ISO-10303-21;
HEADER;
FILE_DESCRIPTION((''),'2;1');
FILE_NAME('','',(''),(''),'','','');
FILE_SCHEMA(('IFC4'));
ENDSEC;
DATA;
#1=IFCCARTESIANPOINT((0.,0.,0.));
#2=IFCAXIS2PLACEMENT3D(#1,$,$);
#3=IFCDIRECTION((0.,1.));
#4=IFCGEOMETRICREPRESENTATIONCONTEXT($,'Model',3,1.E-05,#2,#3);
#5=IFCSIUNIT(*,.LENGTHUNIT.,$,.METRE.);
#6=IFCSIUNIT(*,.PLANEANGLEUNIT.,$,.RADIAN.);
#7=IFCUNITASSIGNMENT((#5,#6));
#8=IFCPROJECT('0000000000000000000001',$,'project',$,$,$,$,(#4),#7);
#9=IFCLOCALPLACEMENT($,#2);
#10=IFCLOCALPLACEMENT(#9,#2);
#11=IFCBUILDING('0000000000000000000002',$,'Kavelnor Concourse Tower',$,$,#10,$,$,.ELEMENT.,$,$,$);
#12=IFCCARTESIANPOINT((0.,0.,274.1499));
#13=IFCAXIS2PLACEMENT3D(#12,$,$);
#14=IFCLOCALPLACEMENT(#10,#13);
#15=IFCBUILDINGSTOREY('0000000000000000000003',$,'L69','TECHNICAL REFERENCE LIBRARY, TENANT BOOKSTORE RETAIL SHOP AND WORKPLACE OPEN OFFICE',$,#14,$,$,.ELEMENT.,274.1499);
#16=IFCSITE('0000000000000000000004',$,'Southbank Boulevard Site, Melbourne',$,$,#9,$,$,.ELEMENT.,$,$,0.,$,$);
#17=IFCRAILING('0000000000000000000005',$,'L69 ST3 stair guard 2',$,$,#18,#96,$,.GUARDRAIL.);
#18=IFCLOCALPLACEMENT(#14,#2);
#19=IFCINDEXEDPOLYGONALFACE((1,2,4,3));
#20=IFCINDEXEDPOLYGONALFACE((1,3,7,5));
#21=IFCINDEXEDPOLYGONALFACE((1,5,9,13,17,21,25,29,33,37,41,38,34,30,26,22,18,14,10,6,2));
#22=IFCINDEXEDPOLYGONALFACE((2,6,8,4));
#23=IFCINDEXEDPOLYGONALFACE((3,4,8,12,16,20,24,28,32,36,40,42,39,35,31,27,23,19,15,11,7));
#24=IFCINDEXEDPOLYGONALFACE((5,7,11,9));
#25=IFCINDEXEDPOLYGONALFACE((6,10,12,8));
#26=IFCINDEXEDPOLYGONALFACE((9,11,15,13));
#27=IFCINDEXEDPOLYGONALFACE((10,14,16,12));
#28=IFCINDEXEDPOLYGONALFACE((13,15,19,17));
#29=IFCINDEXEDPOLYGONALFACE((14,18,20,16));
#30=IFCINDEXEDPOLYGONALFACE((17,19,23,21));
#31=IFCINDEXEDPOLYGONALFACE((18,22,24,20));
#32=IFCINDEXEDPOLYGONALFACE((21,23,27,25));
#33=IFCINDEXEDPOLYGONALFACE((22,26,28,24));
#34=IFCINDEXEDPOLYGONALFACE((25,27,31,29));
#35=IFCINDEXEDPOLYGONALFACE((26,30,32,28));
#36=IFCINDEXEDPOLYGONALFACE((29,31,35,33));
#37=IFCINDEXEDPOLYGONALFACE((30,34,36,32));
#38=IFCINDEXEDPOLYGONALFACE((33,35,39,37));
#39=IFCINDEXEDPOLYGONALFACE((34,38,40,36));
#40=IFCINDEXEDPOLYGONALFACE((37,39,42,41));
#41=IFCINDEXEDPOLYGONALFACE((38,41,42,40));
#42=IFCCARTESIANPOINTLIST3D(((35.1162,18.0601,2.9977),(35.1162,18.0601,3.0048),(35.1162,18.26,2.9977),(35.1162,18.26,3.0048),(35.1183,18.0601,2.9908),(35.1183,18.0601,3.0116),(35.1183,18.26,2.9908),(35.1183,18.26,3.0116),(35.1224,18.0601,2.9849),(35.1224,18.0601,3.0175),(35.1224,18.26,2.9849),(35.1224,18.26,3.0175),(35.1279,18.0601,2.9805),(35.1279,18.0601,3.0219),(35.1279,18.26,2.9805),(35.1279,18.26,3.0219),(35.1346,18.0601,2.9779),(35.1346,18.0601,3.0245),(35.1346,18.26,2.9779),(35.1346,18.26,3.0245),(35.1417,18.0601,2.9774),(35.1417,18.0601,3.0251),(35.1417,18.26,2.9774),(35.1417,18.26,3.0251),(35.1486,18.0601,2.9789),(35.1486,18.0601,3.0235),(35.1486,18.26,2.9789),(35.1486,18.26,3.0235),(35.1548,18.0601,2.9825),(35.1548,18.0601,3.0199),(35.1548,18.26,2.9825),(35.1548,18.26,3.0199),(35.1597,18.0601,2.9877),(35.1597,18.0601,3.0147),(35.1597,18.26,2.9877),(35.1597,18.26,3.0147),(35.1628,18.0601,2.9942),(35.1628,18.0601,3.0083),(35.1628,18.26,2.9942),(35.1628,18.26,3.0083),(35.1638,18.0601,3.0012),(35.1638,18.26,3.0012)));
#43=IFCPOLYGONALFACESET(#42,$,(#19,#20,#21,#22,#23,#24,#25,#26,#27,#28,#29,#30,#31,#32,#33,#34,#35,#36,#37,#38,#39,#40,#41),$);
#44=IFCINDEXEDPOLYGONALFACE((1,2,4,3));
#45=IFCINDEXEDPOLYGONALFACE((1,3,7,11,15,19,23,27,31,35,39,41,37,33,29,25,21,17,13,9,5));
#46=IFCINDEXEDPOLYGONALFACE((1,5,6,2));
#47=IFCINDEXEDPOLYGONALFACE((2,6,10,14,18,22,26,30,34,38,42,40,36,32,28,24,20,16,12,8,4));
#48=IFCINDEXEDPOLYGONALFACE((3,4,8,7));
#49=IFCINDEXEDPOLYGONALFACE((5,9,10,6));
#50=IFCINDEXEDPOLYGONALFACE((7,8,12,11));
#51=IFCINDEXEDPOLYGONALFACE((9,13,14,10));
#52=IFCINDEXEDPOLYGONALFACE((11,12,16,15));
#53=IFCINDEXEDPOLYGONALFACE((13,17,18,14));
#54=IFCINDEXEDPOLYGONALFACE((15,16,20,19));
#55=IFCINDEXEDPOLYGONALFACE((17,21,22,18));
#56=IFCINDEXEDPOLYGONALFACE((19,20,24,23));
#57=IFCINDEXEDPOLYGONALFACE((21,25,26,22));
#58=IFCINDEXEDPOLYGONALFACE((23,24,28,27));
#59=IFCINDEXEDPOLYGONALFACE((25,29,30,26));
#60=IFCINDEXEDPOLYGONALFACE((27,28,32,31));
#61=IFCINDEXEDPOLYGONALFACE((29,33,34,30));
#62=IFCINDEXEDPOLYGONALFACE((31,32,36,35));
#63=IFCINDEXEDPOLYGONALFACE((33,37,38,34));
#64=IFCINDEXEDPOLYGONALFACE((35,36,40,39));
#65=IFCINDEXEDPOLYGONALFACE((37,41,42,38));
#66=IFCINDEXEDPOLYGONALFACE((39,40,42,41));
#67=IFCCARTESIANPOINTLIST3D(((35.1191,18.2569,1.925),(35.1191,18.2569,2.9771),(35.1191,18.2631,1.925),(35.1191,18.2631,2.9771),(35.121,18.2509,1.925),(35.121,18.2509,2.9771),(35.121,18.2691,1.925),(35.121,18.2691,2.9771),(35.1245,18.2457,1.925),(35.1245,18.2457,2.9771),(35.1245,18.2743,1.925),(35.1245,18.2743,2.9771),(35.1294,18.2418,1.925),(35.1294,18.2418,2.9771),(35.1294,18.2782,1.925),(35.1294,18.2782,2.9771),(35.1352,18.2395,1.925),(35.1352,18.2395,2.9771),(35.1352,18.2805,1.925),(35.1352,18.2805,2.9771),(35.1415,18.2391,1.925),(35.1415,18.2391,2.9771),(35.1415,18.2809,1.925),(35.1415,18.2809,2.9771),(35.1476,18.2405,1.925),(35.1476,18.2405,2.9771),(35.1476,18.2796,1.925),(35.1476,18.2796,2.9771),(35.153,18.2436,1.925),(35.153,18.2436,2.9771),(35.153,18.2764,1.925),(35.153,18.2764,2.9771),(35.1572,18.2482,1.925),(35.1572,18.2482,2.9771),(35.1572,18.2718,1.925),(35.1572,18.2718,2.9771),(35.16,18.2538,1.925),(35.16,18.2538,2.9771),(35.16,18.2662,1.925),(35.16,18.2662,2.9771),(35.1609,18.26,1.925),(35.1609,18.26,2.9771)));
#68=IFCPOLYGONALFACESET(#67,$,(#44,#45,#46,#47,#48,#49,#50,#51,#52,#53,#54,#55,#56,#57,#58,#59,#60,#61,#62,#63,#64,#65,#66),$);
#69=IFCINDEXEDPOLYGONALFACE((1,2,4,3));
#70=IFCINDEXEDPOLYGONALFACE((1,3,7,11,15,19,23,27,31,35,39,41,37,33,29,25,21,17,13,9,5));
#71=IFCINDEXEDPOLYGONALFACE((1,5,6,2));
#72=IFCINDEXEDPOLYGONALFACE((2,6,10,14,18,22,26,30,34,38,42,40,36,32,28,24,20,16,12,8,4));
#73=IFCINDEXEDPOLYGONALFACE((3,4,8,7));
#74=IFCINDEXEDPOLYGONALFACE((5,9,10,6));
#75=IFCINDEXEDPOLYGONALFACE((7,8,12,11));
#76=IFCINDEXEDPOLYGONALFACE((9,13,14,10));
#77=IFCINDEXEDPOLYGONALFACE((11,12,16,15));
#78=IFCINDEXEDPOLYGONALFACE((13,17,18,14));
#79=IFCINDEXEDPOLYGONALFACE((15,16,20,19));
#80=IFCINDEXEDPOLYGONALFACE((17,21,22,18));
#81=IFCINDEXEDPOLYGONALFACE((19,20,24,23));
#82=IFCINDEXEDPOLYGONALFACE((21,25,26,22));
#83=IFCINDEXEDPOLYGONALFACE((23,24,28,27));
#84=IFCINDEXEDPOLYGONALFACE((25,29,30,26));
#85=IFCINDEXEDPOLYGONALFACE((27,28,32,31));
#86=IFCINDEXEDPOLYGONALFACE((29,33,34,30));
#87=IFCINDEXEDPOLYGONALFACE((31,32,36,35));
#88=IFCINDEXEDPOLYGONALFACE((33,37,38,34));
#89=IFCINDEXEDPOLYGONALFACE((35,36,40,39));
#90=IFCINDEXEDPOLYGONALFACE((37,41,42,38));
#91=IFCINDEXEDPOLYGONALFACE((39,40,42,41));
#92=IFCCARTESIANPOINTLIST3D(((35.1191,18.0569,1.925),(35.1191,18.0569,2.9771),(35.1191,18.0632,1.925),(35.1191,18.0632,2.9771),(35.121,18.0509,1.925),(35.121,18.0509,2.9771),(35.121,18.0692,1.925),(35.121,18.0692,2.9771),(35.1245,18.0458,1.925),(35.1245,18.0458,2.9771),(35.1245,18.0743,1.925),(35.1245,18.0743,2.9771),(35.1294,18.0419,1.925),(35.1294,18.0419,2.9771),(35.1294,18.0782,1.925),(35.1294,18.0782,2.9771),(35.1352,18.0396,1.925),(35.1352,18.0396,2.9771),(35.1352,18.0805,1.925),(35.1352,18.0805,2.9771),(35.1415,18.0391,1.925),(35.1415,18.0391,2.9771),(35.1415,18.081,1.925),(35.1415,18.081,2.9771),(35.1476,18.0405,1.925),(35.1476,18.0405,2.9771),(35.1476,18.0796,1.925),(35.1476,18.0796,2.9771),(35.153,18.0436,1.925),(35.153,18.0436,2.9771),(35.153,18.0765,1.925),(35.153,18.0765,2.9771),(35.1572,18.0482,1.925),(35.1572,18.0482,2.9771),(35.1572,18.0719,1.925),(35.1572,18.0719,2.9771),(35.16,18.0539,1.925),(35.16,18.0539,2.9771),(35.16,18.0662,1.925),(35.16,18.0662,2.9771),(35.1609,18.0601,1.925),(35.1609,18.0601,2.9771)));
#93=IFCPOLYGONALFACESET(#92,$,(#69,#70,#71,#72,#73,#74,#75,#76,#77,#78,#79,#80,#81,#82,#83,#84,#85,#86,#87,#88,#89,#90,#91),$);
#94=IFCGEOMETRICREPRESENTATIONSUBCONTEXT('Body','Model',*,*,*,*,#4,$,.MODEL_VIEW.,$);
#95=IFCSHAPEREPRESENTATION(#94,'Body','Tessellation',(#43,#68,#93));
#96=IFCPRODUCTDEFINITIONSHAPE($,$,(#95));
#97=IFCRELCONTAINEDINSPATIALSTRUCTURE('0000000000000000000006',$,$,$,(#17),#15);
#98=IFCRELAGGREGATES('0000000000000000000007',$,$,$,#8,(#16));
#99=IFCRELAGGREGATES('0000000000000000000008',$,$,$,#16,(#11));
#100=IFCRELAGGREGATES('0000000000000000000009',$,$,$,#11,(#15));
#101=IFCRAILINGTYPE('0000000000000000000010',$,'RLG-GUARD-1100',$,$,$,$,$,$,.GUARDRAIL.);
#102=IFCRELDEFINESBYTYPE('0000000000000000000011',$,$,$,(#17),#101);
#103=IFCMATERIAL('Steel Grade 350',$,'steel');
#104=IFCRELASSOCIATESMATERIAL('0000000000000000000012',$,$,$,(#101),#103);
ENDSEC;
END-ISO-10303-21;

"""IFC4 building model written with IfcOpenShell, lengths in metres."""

from ifc_helpers import new_model, si_unit, direction, frame, origin, origin_2d, place, context, subcontext, project, spatial, circle, extrude, material, type_object, element, save


model = new_model("IFC4")

# Units and contexts
model_context = context("Model", 3, precision=1e-05, world=origin(), true_north=direction((0.0, 1.0)))
body_context = subcontext(model_context, "Body", "Model", "MODEL_VIEW")
ifc_project = project(units=[si_unit("LENGTHUNIT", "METRE"), si_unit("PLANEANGLEUNIT", "RADIAN")], contexts=[model_context])

# Site, building, storey
site_placement = place(None, origin())
site = spatial("IfcSite", under=ifc_project, at=site_placement, Name="Southbank Boulevard Site, Melbourne", CompositionType="ELEMENT", RefElevation=0.0)
building_placement = place(site_placement, origin())
building = spatial("IfcBuilding", under=site, at=building_placement, Name="Kavelnor Concourse Tower", CompositionType="ELEMENT")
storey_placement = place(building_placement, frame((0.0, 0.0, 274.1499)))
storey = spatial("IfcBuildingStorey", under=building, at=storey_placement, Name="L69", Description="TECHNICAL REFERENCE LIBRARY, TENANT BOOKSTORE RETAIL SHOP AND WORKPLACE OPEN OFFICE", CompositionType="ELEMENT", Elevation=274.1499)

# Shared definitions
ifc_material_1 = material(Name="Steel Grade 350", Category="steel")

# Railing
railing_type_1 = type_object("IfcRailingType", Name="RLG-GUARD-1100", PredefinedType="GUARDRAIL", material=ifc_material_1)
railing_1_placement = place(storey_placement, frame((35.1399, 18.26, 1.925)))
element("IfcRailing", 1, at=railing_1_placement, inside=storey, type_object=railing_type_1, Name="L69 ST3 stair guard 2", PredefinedType="GUARDRAIL", context=body_context, shape_type="SweptSolid", body=[
    extrude(circle(Radius=0.0239, at=origin_2d()), frame((0.0, 0.0, 1.0762), z_axis=(0.0, -1.0, 0.0), x_axis=(1.0, 0.0, 0.0)), (0.0, 0.0, 1.0), 0.2),
    extrude(circle(Radius=0.021, at=origin_2d()), origin(), (0.0, 0.0, 1.0), 1.052),
    extrude(circle(Radius=0.021, at=origin_2d()), frame((0.0, -0.2, 0.0)), (0.0, 0.0, 1.0), 1.052),
])

save(model, "model.ifc")
